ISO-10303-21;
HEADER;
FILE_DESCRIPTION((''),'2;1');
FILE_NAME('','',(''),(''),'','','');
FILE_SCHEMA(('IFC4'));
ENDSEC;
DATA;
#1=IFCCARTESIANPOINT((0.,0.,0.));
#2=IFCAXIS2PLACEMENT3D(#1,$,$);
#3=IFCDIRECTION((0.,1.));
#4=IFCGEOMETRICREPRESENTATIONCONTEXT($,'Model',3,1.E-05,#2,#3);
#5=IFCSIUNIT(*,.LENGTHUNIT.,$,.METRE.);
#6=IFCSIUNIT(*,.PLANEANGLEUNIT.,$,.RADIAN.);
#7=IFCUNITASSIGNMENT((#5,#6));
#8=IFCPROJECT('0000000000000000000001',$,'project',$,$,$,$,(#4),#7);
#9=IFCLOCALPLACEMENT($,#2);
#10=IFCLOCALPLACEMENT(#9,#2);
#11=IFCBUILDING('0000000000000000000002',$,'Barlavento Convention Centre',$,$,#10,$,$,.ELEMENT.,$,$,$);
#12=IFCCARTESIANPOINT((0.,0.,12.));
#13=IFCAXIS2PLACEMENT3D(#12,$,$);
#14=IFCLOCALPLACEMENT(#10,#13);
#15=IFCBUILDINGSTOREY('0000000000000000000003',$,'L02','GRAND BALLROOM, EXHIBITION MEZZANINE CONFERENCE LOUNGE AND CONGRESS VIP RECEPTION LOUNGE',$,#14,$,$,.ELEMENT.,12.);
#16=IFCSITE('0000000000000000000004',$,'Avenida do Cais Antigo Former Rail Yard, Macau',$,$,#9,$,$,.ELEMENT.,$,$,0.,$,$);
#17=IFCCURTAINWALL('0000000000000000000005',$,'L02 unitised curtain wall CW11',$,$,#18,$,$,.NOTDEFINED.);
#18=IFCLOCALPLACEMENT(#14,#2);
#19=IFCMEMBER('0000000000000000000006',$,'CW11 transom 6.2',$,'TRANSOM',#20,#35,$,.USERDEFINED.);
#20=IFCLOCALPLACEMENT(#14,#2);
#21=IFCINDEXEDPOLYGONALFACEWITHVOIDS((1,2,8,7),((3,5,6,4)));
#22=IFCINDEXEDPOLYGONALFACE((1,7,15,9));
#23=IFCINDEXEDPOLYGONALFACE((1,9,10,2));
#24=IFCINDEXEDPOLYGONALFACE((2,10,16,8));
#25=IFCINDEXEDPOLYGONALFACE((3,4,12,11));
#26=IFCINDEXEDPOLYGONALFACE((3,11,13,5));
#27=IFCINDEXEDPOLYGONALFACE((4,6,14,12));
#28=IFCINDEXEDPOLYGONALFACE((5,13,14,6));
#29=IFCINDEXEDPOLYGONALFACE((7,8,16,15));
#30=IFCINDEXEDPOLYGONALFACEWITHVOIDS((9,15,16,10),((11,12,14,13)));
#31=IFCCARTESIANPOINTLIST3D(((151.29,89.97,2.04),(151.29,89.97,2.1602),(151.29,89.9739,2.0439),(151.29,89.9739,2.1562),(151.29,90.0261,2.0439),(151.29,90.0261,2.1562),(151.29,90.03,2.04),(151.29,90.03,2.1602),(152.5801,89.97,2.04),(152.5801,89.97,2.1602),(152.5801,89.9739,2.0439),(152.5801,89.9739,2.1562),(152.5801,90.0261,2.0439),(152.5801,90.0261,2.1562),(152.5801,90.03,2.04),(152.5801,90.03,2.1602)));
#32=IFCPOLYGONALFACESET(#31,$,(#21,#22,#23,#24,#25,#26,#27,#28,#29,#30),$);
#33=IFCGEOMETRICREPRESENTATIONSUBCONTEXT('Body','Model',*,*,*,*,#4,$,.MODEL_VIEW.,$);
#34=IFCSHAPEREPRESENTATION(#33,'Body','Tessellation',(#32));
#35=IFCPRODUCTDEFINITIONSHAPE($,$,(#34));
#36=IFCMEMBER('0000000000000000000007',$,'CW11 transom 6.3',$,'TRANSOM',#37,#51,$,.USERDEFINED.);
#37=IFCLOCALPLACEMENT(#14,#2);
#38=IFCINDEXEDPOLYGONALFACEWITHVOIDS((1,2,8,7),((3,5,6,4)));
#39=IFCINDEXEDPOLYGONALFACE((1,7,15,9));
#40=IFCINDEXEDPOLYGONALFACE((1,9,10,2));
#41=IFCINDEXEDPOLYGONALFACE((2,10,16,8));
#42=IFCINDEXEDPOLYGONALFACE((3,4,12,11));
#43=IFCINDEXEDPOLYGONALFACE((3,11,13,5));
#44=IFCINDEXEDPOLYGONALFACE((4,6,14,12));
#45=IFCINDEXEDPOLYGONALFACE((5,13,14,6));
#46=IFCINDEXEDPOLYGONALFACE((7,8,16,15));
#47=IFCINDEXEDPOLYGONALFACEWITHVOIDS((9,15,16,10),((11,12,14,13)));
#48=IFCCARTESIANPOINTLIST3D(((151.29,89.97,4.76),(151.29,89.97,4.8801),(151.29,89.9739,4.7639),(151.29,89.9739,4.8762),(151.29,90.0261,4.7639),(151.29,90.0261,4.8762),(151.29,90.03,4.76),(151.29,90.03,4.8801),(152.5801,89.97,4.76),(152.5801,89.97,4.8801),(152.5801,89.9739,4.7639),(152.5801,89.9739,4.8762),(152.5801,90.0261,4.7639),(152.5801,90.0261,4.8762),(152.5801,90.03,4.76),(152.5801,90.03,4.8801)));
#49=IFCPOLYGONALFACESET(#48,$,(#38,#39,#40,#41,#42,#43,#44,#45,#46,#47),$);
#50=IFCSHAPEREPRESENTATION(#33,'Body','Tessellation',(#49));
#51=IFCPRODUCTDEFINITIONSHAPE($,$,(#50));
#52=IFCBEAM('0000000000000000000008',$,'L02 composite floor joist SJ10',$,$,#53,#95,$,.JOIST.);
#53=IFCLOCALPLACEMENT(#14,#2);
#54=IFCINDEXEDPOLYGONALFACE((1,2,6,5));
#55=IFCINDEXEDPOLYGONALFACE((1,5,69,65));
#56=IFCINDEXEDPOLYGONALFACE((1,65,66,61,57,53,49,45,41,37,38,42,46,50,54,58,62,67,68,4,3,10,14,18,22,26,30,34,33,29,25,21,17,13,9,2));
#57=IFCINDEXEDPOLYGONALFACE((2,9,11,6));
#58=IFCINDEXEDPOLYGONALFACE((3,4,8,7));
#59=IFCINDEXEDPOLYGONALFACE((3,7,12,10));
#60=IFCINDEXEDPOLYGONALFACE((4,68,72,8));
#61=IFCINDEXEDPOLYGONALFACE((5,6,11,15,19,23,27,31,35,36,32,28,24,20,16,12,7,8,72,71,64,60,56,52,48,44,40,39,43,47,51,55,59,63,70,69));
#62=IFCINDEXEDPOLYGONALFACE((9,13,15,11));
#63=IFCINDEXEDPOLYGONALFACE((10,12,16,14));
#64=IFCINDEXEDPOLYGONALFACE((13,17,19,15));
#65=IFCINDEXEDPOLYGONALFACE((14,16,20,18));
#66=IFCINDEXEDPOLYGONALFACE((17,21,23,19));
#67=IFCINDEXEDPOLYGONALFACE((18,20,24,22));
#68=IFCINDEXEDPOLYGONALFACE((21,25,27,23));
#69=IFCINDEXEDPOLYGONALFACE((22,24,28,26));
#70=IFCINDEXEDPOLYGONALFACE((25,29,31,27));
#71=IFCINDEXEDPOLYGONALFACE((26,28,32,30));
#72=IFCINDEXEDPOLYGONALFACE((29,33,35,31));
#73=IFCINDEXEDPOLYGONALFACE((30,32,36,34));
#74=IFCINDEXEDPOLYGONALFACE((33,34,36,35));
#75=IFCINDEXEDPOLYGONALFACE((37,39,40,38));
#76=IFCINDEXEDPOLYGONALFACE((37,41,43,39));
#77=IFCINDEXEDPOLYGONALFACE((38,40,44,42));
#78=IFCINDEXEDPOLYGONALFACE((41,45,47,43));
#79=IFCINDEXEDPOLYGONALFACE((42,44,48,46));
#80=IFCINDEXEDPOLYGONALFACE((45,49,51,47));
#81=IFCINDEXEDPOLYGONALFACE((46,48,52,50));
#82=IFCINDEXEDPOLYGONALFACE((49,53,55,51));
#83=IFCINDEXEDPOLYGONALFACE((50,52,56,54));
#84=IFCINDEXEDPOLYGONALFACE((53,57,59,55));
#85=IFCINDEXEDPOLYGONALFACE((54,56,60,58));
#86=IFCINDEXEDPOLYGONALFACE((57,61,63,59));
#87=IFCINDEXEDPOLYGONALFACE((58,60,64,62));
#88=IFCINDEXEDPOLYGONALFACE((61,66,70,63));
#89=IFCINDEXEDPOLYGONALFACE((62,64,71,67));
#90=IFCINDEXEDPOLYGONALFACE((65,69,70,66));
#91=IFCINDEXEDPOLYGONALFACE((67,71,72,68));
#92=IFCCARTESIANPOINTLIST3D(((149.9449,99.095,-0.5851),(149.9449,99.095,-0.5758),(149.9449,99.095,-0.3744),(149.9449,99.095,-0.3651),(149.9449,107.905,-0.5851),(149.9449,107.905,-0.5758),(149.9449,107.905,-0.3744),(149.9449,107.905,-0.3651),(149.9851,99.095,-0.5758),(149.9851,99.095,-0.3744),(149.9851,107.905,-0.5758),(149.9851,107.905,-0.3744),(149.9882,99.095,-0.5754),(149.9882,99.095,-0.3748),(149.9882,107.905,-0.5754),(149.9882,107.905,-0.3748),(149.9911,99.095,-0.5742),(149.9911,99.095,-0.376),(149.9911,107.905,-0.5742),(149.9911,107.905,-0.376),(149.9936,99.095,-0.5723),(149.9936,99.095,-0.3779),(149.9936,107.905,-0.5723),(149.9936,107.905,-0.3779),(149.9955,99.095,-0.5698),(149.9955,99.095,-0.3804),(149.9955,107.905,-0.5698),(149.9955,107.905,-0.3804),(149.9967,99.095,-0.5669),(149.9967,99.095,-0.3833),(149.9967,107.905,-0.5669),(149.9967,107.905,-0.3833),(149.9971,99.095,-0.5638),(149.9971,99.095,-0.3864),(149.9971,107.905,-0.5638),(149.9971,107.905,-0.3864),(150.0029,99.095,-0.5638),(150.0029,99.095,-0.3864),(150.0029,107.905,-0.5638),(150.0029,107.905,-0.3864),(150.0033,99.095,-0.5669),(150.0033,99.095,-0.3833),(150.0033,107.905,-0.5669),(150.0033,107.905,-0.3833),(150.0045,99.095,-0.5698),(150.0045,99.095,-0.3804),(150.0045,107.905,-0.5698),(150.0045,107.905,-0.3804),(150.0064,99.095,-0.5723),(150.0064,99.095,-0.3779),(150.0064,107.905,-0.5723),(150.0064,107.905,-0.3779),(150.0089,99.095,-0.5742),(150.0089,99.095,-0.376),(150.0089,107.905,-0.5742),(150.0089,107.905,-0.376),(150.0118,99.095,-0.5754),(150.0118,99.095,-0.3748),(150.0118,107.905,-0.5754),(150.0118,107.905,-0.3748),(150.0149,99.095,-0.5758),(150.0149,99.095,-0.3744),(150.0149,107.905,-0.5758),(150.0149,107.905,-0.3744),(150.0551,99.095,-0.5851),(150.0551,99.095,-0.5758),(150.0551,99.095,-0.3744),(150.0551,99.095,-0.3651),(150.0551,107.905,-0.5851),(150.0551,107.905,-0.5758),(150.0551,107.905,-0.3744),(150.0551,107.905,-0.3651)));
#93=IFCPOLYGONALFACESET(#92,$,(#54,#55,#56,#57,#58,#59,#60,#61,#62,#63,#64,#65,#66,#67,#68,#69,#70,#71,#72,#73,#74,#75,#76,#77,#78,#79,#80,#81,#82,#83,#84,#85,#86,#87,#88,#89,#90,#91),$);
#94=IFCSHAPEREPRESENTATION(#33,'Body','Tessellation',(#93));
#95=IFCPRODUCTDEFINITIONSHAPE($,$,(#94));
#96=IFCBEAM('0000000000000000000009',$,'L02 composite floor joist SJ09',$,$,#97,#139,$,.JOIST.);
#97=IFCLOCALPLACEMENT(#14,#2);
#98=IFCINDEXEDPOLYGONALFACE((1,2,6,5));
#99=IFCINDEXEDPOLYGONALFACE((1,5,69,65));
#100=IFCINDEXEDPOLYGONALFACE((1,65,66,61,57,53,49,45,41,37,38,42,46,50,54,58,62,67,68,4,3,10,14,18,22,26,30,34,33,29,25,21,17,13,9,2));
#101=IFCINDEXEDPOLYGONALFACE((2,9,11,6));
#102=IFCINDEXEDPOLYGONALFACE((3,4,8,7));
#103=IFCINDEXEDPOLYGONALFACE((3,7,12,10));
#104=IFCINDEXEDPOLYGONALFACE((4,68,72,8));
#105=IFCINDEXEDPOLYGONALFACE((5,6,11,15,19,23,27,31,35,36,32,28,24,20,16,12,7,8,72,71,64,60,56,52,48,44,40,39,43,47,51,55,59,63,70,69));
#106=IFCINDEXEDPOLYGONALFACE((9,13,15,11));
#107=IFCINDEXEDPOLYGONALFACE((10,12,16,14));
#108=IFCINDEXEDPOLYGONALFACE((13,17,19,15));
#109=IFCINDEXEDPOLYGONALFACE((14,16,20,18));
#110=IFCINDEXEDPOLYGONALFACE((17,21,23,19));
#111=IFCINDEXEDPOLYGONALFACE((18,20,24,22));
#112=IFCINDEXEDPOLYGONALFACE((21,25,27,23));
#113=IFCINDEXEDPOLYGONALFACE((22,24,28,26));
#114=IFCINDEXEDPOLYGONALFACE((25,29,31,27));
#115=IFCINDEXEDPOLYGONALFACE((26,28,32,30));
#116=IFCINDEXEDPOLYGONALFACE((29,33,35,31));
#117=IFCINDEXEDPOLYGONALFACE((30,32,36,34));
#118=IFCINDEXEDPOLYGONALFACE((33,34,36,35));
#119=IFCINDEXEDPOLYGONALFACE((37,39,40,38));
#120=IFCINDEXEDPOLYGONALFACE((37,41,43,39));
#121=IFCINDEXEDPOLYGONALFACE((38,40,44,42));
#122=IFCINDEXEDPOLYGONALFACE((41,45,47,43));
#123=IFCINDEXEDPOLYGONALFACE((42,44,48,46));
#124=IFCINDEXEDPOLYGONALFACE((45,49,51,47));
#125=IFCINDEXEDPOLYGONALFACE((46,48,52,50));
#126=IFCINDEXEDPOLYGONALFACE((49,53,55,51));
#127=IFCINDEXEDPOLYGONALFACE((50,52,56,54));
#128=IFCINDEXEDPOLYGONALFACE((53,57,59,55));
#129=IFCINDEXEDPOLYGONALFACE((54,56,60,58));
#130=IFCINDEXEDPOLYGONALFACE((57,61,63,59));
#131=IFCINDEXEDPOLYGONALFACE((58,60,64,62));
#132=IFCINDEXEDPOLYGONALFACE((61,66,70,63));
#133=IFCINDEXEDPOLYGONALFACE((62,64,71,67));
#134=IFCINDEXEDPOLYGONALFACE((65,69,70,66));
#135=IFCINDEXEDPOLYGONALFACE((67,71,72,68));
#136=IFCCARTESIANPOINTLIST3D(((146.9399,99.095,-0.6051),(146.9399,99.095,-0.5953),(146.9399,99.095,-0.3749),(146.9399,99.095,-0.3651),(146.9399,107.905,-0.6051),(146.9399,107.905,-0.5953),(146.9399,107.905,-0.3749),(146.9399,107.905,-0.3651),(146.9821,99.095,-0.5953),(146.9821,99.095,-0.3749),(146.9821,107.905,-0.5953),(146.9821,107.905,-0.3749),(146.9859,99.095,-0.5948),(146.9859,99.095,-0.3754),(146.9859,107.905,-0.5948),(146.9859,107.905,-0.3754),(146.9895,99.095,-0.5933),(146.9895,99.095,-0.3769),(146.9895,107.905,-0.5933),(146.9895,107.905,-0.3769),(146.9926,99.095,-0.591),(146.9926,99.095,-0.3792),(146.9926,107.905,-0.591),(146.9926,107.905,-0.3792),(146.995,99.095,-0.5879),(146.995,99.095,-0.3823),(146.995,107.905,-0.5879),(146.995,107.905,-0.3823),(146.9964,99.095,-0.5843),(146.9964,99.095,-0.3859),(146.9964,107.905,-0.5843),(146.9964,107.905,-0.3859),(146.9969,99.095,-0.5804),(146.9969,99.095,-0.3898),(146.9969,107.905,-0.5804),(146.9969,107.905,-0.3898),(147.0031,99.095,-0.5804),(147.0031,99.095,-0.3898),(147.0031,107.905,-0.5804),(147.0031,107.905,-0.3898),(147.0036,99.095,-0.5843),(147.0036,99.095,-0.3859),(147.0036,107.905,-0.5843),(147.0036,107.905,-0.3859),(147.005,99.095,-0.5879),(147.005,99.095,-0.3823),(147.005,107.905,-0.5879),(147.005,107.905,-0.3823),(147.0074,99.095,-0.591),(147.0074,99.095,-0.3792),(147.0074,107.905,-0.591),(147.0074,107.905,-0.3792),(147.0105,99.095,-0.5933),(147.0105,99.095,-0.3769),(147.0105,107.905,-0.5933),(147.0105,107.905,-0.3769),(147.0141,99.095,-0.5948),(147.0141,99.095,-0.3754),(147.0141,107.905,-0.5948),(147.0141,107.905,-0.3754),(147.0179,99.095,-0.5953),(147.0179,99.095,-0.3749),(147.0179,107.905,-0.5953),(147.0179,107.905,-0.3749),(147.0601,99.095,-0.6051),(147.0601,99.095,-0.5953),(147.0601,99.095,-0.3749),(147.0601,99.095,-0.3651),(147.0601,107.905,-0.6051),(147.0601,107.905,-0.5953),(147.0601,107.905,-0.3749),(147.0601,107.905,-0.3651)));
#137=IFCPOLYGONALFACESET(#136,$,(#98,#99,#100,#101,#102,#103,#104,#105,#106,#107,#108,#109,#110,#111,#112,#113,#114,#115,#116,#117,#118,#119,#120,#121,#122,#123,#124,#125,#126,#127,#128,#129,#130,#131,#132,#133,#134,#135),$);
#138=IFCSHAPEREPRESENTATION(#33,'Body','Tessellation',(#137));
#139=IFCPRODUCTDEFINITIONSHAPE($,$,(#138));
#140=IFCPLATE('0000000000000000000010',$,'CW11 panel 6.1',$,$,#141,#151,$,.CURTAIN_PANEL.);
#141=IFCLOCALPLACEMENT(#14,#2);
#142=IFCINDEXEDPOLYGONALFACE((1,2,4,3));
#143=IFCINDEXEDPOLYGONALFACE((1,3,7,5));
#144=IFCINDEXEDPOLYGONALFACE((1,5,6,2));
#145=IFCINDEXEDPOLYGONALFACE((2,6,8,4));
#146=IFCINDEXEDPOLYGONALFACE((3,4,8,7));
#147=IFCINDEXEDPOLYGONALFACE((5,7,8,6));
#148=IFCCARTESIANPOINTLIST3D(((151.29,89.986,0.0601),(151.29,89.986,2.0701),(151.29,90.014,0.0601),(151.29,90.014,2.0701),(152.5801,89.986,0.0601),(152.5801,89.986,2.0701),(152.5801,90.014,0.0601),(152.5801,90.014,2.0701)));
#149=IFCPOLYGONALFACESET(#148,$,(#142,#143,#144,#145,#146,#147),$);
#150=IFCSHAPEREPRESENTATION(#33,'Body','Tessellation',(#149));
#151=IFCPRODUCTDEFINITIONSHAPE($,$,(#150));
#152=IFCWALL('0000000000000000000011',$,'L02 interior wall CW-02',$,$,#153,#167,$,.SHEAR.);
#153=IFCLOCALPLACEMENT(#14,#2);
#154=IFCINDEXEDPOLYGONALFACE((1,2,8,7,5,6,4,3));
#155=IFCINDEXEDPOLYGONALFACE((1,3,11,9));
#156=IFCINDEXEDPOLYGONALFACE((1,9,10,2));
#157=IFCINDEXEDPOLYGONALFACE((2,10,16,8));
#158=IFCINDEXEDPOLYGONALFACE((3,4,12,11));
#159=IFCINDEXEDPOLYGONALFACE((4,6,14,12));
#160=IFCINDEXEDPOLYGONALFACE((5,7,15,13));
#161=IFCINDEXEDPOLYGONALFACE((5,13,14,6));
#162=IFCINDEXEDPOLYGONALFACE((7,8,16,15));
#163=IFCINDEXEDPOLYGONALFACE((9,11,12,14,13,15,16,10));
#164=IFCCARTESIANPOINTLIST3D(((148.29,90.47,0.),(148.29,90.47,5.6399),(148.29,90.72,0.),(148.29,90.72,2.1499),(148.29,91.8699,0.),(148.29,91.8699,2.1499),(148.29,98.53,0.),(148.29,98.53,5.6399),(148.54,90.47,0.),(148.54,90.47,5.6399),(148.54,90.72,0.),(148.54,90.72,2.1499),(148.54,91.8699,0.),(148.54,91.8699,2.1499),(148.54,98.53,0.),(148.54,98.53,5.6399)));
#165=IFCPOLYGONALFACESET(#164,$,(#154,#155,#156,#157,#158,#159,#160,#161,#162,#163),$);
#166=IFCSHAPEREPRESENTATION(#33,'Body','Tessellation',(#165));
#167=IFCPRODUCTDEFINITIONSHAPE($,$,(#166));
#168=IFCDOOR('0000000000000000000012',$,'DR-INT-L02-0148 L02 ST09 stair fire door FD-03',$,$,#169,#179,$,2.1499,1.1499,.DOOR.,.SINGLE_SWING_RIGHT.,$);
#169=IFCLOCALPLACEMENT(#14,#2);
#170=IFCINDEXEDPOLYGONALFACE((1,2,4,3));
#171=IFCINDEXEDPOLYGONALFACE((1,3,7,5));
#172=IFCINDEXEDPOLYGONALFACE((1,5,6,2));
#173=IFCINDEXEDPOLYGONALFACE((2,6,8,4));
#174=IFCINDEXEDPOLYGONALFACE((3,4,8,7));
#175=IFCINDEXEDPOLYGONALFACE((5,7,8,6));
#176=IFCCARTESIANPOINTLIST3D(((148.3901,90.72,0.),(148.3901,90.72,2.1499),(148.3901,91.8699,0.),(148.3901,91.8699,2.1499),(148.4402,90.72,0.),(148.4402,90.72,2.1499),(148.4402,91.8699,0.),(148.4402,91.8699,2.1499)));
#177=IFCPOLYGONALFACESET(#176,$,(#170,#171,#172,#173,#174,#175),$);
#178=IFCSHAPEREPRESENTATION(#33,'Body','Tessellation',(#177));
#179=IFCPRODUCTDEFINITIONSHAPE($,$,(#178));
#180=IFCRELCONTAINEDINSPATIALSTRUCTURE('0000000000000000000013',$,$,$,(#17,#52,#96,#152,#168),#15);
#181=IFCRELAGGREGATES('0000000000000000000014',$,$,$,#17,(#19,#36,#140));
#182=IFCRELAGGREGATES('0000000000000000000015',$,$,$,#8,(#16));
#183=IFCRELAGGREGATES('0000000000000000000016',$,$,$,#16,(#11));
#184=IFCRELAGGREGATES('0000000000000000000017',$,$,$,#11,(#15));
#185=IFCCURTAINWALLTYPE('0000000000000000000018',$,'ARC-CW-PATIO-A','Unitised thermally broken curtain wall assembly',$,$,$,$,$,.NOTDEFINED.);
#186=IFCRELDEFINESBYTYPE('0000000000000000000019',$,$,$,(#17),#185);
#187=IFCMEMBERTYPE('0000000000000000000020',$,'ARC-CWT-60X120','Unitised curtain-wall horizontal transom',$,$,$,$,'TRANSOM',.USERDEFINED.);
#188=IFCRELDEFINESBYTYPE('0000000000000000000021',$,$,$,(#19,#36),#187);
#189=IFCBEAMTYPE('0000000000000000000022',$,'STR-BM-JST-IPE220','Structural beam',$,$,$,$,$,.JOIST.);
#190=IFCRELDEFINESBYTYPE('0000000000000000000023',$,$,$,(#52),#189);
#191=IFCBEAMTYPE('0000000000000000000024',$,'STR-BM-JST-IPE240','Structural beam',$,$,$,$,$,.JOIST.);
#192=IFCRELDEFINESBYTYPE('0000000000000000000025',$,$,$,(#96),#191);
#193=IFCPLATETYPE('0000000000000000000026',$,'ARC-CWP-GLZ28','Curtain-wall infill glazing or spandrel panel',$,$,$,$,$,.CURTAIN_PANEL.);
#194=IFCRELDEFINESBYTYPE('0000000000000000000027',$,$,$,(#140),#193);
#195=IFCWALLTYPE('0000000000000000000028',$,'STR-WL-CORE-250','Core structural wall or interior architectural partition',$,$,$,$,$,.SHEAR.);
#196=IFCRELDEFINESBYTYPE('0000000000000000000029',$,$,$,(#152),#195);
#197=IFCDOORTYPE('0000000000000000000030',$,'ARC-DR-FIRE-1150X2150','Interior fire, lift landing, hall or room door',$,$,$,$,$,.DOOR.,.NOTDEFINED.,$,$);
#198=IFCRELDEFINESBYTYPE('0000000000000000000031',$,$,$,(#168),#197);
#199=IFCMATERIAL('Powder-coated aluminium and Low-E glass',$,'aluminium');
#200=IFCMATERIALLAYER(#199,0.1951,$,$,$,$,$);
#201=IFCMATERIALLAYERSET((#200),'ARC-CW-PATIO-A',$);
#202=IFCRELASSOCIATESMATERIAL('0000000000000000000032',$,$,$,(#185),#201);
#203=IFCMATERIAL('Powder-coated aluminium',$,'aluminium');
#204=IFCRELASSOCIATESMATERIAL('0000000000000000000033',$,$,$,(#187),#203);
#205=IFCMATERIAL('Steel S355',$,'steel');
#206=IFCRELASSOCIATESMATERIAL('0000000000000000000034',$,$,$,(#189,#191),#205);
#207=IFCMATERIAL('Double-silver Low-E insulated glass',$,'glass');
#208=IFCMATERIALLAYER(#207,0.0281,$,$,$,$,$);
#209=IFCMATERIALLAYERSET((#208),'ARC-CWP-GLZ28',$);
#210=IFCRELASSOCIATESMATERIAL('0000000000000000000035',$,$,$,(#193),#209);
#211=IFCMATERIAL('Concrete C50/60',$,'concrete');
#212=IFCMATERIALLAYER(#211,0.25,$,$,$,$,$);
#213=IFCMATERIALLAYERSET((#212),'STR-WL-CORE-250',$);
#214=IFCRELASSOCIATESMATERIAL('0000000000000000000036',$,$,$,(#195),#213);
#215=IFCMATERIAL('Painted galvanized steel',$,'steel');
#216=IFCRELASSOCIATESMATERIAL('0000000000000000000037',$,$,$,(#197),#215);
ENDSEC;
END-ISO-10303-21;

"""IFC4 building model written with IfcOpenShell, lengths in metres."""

from ifc_helpers import new_model, si_unit, direction, frame, frame_2d, origin, origin_2d, place, context, subcontext, project, spatial, rectangle, hollow_rectangle, i_section, extrude, material, layer, layer_set, material_profile, profile_set, type_object, element, fill, aggregate, save


model = new_model("IFC4")

# Units and contexts
model_context = context("Model", 3, precision=1e-05, world=origin(), true_north=direction((0.0, 1.0)))
body_context = subcontext(model_context, "Body", "Model", "MODEL_VIEW")
ifc_project = project(units=[si_unit("LENGTHUNIT", "METRE"), si_unit("PLANEANGLEUNIT", "RADIAN")], contexts=[model_context])

# Site, building, storey
site_placement = place(None, origin())
site = spatial("IfcSite", under=ifc_project, at=site_placement, Name="Avenida do Cais Antigo Former Rail Yard, Macau", CompositionType="ELEMENT", RefElevation=0.0)
building_placement = place(site_placement, origin())
building = spatial("IfcBuilding", under=site, at=building_placement, Name="Barlavento Convention Centre", CompositionType="ELEMENT")
storey_placement = place(building_placement, frame((0.0, 0.0, 12.0)))
storey = spatial("IfcBuildingStorey", under=building, at=storey_placement, Name="L02", Description="GRAND BALLROOM, EXHIBITION MEZZANINE CONFERENCE LOUNGE AND CONGRESS VIP RECEPTION LOUNGE", CompositionType="ELEMENT", Elevation=12.0)

# Curtain wall, members
ifc_material_1 = material(Name="Powder-coated aluminium and Low-E glass", Category="aluminium")
ifc_layer_1 = layer(ifc_material_1, 0.1951)
ifc_layer_set_1 = layer_set([ifc_layer_1], Name="ARC-CW-PATIO-A")
curtain_wall_type = type_object("IfcCurtainWallType", Name="ARC-CW-PATIO-A", Description="Unitised thermally broken curtain wall assembly", PredefinedType="NOTDEFINED", material=ifc_layer_set_1)
curtain_wall_placement = place(storey_placement, origin())
curtain_wall = element("IfcCurtainWall", 1, at=curtain_wall_placement, inside=storey, type_object=curtain_wall_type, Name="L02 unitised curtain wall CW11", PredefinedType="NOTDEFINED")
ifc_material_2 = material(Name="Powder-coated aluminium", Category="aluminium")
ifc_material_profile_1 = material_profile(ifc_material_2, hollow_rectangle(XDim=0.0601, YDim=0.1201, WallThickness=0.0039, at=origin_2d()), Name="AL-TRAN 60x120x4")
ifc_profile_set_1 = profile_set([ifc_material_profile_1], Name="Powder-coated aluminium")
member_type = type_object("IfcMemberType", Name="ARC-CWT-60X120", Description="Unitised curtain-wall horizontal transom", ElementType="TRANSOM", PredefinedType="USERDEFINED", material=ifc_profile_set_1)
member_1_placement = place(storey_placement, frame((151.29, 90.0, 2.1001), z_axis=(1.0, 0.0, 0.0), x_axis=(0.0, 1.0, 0.0)))
member_1 = element("IfcMember", 2, at=member_1_placement, type_object=member_type, Name="CW11 transom 6.2", ObjectType="TRANSOM", PredefinedType="USERDEFINED", context=body_context, shape_type="SweptSolid", body=[
    extrude(hollow_rectangle(XDim=0.0601, YDim=0.1201, WallThickness=0.0039, at=origin_2d()), origin(), (0.0, 0.0, 1.0), 1.29),
])
member_2_placement = place(storey_placement, frame((151.29, 90.0, 4.8201), z_axis=(1.0, 0.0, 0.0), x_axis=(0.0, 1.0, 0.0)))
member_2 = element("IfcMember", 3, at=member_2_placement, type_object=member_type, Name="CW11 transom 6.3", ObjectType="TRANSOM", PredefinedType="USERDEFINED", context=body_context, shape_type="SweptSolid", body=[
    extrude(hollow_rectangle(XDim=0.0601, YDim=0.1201, WallThickness=0.0039, at=origin_2d()), origin(), (0.0, 0.0, 1.0), 1.29),
])

# Beams
ifc_material_3 = material(Name="Steel S355", Category="steel")
ifc_material_profile_2 = material_profile(ifc_material_3, i_section(OverallWidth=0.1101, OverallDepth=0.22, WebThickness=0.0059, FlangeThickness=0.0093, FilletRadius=0.012, at=origin_2d()), Name="IPE 220")
ifc_profile_set_2 = profile_set([ifc_material_profile_2], Name="Steel S355")
beam_type_1 = type_object("IfcBeamType", Name="STR-BM-JST-IPE220", Description="Structural beam", PredefinedType="JOIST", material=ifc_profile_set_2)
beam_1_placement = place(storey_placement, frame((150.0, 99.095, -0.4751), z_axis=(0.0, 1.0, 0.0), x_axis=(-1.0, 0.0, 0.0)))
element("IfcBeam", 4, at=beam_1_placement, inside=storey, type_object=beam_type_1, Name="L02 composite floor joist SJ10", PredefinedType="JOIST", context=body_context, shape_type="SweptSolid", body=[
    extrude(i_section(OverallWidth=0.1101, OverallDepth=0.22, WebThickness=0.0059, FlangeThickness=0.0093, FilletRadius=0.012, at=origin_2d()), origin(), (0.0, 0.0, 1.0), 8.8101),
])
ifc_material_profile_3 = material_profile(ifc_material_3, i_section(OverallWidth=0.1201, OverallDepth=0.24, WebThickness=0.0061, FlangeThickness=0.0098, FilletRadius=0.0149, at=origin_2d()), Name="IPE 240")
ifc_profile_set_3 = profile_set([ifc_material_profile_3], Name="Steel S355")
beam_type_2 = type_object("IfcBeamType", Name="STR-BM-JST-IPE240", Description="Structural beam", PredefinedType="JOIST", material=ifc_profile_set_3)
beam_2_placement = place(storey_placement, frame((147.0, 99.095, -0.4851), z_axis=(0.0, 1.0, 0.0), x_axis=(-1.0, 0.0, 0.0)))
element("IfcBeam", 5, at=beam_2_placement, inside=storey, type_object=beam_type_2, Name="L02 composite floor joist SJ09", PredefinedType="JOIST", context=body_context, shape_type="SweptSolid", body=[
    extrude(i_section(OverallWidth=0.1201, OverallDepth=0.24, WebThickness=0.0061, FlangeThickness=0.0098, FilletRadius=0.0149, at=origin_2d()), origin(), (0.0, 0.0, 1.0), 8.8101),
])

# Plate
ifc_material_4 = material(Name="Double-silver Low-E insulated glass", Category="glass")
ifc_layer_2 = layer(ifc_material_4, 0.0281)
ifc_layer_set_2 = layer_set([ifc_layer_2], Name="ARC-CWP-GLZ28")
plate_type = type_object("IfcPlateType", Name="ARC-CWP-GLZ28", Description="Curtain-wall infill glazing or spandrel panel", PredefinedType="CURTAIN_PANEL", material=ifc_layer_set_2)
plate_placement = place(storey_placement, frame((151.9351, 90.0, 0.0601), z_axis=(0.0, 0.0, 1.0), x_axis=(1.0, 0.0, 0.0)))
plate = element("IfcPlate", 6, at=plate_placement, type_object=plate_type, Name="CW11 panel 6.1", PredefinedType="CURTAIN_PANEL", context=body_context, shape_type="SweptSolid", body=[
    extrude(rectangle(XDim=1.29, YDim=0.0281, at=origin_2d()), origin(), (0.0, 0.0, 1.0), 2.01),
])
aggregate(curtain_wall, [member_1, member_2, plate])

# Wall, opening, door
ifc_material_5 = material(Name="Concrete C50/60", Category="concrete")
ifc_layer_3 = layer(ifc_material_5, 0.25)
ifc_layer_set_3 = layer_set([ifc_layer_3], Name="STR-WL-CORE-250")
wall_type = type_object("IfcWallType", Name="STR-WL-CORE-250", Description="Core structural wall or interior architectural partition", PredefinedType="SHEAR", material=ifc_layer_set_3)
wall_1_placement = place(storey_placement, frame((148.415, 90.47, 0.0), z_axis=(0.0, 0.0, 1.0), x_axis=(0.0, 1.0, 0.0)))
wall_1 = element("IfcWall", 7, at=wall_1_placement, inside=storey, type_object=wall_type, Name="L02 interior wall CW-02", PredefinedType="SHEAR", context=body_context, shape_type="SweptSolid", body=[
    extrude(rectangle(XDim=8.0601, YDim=0.25, at=frame_2d((4.03, 0.0))), origin(), (0.0, 0.0, 1.0), 5.6399),
])
opening_1_placement = place(wall_1_placement, frame((0.25, 0.0, 0.0)))
opening_1 = element("IfcOpeningElement", 8, at=opening_1_placement, cuts=wall_1, PredefinedType="OPENING", context=body_context, shape_type="SweptSolid", body=[
    extrude(rectangle(XDim=1.1499, YDim=2.1499, at=frame_2d((0.575, 1.075))), frame((0.0, 0.135, 0.0), z_axis=(0.0, -1.0, 0.0), x_axis=(1.0, 0.0, 0.0)), (0.0, 0.0, 1.0), 0.27),
])
ifc_material_6 = material(Name="Painted galvanized steel", Category="steel")
door_type_1 = type_object("IfcDoorType", Name="ARC-DR-FIRE-1150X2150", Description="Interior fire, lift landing, hall or room door", OperationType="NOTDEFINED", PredefinedType="DOOR", material=ifc_material_6)
door_1_placement = place(opening_1_placement, origin())
door_1 = element("IfcDoor", 9, at=door_1_placement, inside=storey, type_object=door_type_1, Name="DR-INT-L02-0148 L02 ST09 stair fire door FD-03", OperationType="SINGLE_SWING_RIGHT", OverallHeight=2.1499, OverallWidth=1.1499, PredefinedType="DOOR", context=body_context, shape_type="SweptSolid", body=[
    extrude(rectangle(XDim=1.1499, YDim=2.1499, at=frame_2d((0.575, 1.075))), frame((0.0, 0.0249, 0.0), z_axis=(0.0, -1.0, 0.0), x_axis=(1.0, 0.0, 0.0)), (0.0, 0.0, 1.0), 0.05),
])
fill(opening_1, door_1)

save(model, "model.ifc")
